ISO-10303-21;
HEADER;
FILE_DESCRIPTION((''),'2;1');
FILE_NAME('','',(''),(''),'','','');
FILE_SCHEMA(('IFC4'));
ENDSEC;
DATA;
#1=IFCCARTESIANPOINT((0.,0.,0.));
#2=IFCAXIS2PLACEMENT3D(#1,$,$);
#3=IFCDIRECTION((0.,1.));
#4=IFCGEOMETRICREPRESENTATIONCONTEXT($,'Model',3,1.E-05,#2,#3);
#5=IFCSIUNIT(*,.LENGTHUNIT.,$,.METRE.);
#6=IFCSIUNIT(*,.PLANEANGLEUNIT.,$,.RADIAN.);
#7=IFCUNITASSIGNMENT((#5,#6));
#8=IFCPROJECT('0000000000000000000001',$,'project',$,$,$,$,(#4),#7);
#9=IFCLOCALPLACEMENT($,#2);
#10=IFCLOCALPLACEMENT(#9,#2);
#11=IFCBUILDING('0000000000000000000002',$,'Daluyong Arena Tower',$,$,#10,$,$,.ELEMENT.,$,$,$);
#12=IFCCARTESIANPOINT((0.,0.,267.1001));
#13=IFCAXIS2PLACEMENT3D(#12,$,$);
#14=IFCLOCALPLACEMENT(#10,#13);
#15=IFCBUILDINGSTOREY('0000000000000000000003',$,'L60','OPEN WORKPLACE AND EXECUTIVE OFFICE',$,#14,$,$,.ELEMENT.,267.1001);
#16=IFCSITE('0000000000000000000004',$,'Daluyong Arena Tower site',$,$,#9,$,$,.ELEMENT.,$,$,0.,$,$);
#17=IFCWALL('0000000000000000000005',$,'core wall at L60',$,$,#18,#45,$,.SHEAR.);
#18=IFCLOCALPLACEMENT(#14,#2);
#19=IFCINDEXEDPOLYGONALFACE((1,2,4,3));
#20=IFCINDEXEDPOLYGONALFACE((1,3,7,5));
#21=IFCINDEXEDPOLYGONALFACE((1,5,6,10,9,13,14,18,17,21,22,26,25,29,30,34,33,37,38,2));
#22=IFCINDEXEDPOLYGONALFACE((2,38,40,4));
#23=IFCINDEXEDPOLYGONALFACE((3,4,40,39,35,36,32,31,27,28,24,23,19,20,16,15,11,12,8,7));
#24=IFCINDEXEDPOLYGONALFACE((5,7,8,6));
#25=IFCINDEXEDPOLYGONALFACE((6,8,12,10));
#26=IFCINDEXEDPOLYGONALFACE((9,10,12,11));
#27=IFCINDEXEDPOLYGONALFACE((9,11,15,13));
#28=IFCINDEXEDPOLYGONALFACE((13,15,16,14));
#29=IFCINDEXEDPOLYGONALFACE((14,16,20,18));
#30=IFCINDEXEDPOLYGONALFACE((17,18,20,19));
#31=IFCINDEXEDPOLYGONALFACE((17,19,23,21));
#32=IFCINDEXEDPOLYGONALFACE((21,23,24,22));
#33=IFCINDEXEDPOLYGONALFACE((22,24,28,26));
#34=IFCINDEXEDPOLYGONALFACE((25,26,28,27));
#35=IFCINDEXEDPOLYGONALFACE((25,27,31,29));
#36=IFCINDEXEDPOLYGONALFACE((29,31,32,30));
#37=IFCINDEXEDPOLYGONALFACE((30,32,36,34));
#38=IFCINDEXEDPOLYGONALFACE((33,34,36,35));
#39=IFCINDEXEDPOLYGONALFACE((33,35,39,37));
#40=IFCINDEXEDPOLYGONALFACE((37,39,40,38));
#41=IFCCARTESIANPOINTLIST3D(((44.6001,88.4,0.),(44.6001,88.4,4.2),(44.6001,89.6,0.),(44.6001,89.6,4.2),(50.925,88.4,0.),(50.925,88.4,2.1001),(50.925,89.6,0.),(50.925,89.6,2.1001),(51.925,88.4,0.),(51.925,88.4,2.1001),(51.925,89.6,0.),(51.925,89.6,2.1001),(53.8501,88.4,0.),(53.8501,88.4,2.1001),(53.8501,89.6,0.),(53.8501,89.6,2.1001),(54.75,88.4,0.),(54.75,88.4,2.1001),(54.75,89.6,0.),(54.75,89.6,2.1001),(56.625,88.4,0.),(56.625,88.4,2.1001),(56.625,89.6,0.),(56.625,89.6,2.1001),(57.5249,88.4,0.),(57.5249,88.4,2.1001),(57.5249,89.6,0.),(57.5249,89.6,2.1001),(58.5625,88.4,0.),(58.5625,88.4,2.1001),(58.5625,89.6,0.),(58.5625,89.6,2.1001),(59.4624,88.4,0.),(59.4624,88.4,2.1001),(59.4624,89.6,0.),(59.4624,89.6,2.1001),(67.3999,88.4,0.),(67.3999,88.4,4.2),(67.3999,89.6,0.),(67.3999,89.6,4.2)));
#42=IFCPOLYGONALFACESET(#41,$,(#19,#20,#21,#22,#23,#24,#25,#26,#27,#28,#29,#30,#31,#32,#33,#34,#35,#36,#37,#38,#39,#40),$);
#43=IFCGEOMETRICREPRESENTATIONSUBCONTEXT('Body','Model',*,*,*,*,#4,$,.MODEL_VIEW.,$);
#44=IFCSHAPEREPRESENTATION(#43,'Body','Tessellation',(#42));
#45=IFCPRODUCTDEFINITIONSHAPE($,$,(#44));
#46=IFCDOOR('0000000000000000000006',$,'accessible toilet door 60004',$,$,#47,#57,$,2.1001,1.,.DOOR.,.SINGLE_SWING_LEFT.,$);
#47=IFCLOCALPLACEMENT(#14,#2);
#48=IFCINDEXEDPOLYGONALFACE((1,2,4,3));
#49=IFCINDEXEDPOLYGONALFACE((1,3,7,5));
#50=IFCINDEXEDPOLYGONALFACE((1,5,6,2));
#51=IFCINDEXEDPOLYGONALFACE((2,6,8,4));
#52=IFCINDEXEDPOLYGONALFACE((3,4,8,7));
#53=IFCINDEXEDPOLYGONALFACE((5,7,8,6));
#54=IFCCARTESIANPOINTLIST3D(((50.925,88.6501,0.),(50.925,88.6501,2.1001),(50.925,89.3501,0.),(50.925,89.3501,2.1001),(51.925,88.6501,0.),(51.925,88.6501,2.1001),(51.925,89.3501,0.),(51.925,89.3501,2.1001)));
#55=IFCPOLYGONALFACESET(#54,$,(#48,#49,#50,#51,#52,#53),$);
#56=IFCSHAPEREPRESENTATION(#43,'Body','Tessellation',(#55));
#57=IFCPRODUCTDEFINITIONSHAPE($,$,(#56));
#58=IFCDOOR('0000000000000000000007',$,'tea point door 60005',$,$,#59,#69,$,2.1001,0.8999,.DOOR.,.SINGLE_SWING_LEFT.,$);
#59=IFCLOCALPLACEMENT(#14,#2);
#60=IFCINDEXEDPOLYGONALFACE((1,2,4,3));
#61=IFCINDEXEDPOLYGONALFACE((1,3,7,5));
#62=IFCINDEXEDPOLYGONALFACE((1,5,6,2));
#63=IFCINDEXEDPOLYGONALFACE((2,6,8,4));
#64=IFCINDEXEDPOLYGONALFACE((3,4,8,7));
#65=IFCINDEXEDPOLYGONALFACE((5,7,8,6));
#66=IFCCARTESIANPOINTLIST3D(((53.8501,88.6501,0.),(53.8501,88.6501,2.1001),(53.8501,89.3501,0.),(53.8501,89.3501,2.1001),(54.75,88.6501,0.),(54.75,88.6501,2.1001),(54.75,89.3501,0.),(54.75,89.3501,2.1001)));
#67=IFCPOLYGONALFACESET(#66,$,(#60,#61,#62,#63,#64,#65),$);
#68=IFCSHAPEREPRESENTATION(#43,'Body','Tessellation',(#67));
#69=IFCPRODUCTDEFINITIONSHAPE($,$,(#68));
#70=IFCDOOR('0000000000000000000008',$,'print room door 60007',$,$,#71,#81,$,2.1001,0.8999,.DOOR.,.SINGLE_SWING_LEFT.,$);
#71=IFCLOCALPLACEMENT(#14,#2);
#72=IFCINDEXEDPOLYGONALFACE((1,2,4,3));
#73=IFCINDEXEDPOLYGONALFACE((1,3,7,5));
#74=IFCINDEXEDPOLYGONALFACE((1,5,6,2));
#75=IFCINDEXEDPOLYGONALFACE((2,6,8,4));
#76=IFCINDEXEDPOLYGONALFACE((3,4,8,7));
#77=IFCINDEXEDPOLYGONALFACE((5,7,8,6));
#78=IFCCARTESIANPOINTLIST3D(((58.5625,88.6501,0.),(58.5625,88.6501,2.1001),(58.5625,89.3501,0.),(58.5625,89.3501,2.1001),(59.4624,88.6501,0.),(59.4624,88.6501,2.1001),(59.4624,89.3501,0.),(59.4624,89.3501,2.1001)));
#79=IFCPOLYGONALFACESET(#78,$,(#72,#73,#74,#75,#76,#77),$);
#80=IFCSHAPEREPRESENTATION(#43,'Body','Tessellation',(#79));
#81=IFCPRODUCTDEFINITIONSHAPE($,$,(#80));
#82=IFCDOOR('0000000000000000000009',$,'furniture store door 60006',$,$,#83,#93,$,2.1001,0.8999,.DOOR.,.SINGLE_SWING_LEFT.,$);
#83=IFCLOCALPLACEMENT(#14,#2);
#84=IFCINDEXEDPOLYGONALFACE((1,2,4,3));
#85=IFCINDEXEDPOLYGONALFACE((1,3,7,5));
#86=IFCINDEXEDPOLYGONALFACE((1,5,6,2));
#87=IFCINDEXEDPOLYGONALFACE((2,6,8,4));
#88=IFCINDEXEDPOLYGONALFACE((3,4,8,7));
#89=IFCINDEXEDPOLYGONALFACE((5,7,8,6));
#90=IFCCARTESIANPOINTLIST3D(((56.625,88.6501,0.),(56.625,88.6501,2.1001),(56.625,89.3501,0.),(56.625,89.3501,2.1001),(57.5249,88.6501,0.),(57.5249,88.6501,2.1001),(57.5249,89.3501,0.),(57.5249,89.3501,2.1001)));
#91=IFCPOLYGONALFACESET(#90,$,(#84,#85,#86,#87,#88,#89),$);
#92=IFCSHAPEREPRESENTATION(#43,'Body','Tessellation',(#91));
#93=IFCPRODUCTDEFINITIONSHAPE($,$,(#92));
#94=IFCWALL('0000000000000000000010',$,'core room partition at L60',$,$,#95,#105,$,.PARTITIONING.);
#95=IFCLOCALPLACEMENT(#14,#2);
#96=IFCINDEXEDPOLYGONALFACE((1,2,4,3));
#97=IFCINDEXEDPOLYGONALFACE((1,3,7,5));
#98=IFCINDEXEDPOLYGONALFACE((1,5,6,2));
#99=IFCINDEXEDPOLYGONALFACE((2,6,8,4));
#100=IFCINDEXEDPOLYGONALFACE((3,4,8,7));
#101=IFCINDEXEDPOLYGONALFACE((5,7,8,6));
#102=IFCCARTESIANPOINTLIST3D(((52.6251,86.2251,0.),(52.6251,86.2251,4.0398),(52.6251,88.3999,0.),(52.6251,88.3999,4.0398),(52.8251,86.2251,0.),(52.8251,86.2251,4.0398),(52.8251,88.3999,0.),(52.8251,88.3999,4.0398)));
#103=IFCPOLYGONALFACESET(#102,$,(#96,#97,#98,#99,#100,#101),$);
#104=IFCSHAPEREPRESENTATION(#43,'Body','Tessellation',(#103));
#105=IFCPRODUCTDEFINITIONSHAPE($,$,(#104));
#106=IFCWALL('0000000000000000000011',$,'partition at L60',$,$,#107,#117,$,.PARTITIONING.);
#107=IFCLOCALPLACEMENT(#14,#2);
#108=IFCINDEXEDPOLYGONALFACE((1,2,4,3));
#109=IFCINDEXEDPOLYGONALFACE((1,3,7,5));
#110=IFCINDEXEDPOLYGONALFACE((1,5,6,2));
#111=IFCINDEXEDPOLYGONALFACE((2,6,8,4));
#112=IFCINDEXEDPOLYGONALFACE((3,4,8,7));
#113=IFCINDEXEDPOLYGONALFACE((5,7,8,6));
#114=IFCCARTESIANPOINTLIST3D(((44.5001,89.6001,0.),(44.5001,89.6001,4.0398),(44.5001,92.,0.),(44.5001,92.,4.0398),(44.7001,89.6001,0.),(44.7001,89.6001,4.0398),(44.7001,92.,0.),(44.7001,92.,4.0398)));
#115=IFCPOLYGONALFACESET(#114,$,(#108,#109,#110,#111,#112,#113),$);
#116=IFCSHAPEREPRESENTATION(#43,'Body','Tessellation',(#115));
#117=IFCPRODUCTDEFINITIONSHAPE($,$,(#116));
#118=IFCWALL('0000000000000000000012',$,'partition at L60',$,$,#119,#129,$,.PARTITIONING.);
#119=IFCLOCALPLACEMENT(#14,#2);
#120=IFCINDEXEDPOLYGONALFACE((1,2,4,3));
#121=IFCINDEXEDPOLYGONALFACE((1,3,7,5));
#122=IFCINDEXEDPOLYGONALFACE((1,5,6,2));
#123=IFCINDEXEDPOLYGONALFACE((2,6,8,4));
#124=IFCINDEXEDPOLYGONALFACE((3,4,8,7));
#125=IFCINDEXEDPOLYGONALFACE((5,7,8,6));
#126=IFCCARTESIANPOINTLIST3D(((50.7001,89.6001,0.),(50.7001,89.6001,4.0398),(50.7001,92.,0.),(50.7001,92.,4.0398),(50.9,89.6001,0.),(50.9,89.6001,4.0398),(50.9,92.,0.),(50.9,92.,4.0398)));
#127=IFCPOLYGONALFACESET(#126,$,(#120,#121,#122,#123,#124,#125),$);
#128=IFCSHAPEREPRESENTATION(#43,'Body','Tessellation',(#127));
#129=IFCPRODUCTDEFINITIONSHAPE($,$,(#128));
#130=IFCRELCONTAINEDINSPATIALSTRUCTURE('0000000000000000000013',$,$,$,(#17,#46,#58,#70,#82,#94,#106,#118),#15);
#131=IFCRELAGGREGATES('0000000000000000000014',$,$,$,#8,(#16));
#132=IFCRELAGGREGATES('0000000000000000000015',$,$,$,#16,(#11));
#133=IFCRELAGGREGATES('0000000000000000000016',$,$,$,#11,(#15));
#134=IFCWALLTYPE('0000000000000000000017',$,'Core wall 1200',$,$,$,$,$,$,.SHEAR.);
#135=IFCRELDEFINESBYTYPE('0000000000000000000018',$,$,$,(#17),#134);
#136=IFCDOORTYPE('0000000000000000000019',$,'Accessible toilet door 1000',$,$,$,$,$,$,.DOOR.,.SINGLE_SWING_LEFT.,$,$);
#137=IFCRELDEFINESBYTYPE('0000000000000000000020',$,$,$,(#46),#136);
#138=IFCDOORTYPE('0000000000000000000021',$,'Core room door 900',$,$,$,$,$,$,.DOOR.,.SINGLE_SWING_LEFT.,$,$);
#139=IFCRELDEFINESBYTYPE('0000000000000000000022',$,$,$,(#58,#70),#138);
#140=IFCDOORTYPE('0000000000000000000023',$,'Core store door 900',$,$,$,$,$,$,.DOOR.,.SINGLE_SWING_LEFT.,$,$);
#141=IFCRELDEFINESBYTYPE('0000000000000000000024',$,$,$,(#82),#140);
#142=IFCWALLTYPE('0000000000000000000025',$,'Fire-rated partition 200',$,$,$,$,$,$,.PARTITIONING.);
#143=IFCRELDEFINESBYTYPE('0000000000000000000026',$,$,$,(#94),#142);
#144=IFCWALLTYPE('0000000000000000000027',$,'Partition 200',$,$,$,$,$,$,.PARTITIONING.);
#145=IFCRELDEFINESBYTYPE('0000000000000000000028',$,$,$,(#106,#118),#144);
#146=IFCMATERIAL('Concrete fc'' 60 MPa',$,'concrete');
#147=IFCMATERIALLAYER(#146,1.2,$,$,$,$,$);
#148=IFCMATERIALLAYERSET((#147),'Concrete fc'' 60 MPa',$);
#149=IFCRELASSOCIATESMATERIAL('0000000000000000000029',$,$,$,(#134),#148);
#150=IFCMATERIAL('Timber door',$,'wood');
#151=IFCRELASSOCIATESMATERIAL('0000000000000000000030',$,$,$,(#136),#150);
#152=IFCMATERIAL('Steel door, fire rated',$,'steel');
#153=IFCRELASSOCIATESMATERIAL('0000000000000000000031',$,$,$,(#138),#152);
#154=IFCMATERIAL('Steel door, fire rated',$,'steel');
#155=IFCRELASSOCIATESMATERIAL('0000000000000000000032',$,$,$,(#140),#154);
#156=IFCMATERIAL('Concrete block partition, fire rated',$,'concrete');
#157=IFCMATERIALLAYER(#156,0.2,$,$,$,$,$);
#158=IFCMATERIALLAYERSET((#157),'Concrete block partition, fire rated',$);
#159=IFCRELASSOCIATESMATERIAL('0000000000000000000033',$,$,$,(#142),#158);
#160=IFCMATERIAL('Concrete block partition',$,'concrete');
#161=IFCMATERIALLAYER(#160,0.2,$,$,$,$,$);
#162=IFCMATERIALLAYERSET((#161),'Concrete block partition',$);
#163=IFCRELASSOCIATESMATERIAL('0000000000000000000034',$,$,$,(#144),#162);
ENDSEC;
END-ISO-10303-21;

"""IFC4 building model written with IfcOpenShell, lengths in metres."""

from ifc_helpers import new_model, si_unit, direction, frame, frame_2d, origin, place, context, subcontext, project, spatial, rectangle, extrude, material, layer, layer_set, type_object, element, fill, save


model = new_model("IFC4")

# Units and contexts
model_context = context("Model", 3, precision=1e-05, world=origin(), true_north=direction((0.0, 1.0)))
body_context = subcontext(model_context, "Body", "Model", "MODEL_VIEW")
ifc_project = project(units=[si_unit("LENGTHUNIT", "METRE"), si_unit("PLANEANGLEUNIT", "RADIAN")], contexts=[model_context])

# Site, building, storey
site_placement = place(None, origin())
site = spatial("IfcSite", under=ifc_project, at=site_placement, Name="Daluyong Arena Tower site", CompositionType="ELEMENT", RefElevation=0.0)
building_placement = place(site_placement, origin())
building = spatial("IfcBuilding", under=site, at=building_placement, Name="Daluyong Arena Tower", CompositionType="ELEMENT")
storey_placement = place(building_placement, frame((0.0, 0.0, 267.1001)))
storey = spatial("IfcBuildingStorey", under=building, at=storey_placement, Name="L60", Description="OPEN WORKPLACE AND EXECUTIVE OFFICE", CompositionType="ELEMENT", Elevation=267.1001)

# Wall, openings, doors
ifc_material_1 = material(Name="Concrete fc' 60 MPa", Category="concrete")
ifc_layer_1 = layer(ifc_material_1, 1.2)
ifc_layer_set_1 = layer_set([ifc_layer_1], Name="Concrete fc' 60 MPa")
wall_type_1 = type_object("IfcWallType", Name="Core wall 1200", PredefinedType="SHEAR", material=ifc_layer_set_1)
wall_1_placement = place(storey_placement, frame((44.6001, 89.0, 0.0), z_axis=(0.0, 0.0, 1.0), x_axis=(1.0, 0.0, 0.0)))
wall_1 = element("IfcWall", 1, at=wall_1_placement, inside=storey, type_object=wall_type_1, Name="core wall at L60", PredefinedType="SHEAR", context=body_context, shape_type="SweptSolid", body=[
    extrude(rectangle(XDim=22.7998, YDim=1.2, at=frame_2d((11.3999, 0.0))), origin(), (0.0, 0.0, 1.0), 4.2),
])
opening_1_placement = place(wall_1_placement, frame((6.325, 0.0, 0.0)))
opening_1 = element("IfcOpeningElement", 2, at=opening_1_placement, cuts=wall_1, PredefinedType="OPENING", context=body_context, shape_type="SweptSolid", body=[
    extrude(rectangle(XDim=1.0, YDim=2.1001, at=frame_2d((0.5, 1.05))), frame((0.0, 0.6099, 0.0), z_axis=(0.0, -1.0, 0.0), x_axis=(1.0, 0.0, 0.0)), (0.0, 0.0, 1.0), 1.22),
])
opening_2_placement = place(wall_1_placement, frame((9.25, 0.0, 0.0)))
opening_2 = element("IfcOpeningElement", 3, at=opening_2_placement, cuts=wall_1, PredefinedType="OPENING", context=body_context, shape_type="SweptSolid", body=[
    extrude(rectangle(XDim=0.8999, YDim=2.1001, at=frame_2d((0.45, 1.05))), frame((0.0, 0.6099, 0.0), z_axis=(0.0, -1.0, 0.0), x_axis=(1.0, 0.0, 0.0)), (0.0, 0.0, 1.0), 1.22),
])
opening_3_placement = place(wall_1_placement, frame((12.0249, 0.0, 0.0)))
opening_3 = element("IfcOpeningElement", 4, at=opening_3_placement, cuts=wall_1, PredefinedType="OPENING", context=body_context, shape_type="SweptSolid", body=[
    extrude(rectangle(XDim=0.8999, YDim=2.1001, at=frame_2d((0.45, 1.05))), frame((0.0, 0.6099, 0.0), z_axis=(0.0, -1.0, 0.0), x_axis=(1.0, 0.0, 0.0)), (0.0, 0.0, 1.0), 1.22),
])
opening_4_placement = place(wall_1_placement, frame((13.9624, 0.0, 0.0)))
opening_4 = element("IfcOpeningElement", 5, at=opening_4_placement, cuts=wall_1, PredefinedType="OPENING", context=body_context, shape_type="SweptSolid", body=[
    extrude(rectangle(XDim=0.8999, YDim=2.1001, at=frame_2d((0.45, 1.05))), frame((0.0, 0.6099, 0.0), z_axis=(0.0, -1.0, 0.0), x_axis=(1.0, 0.0, 0.0)), (0.0, 0.0, 1.0), 1.22),
])
ifc_material_2 = material(Name="Timber door", Category="wood")
door_type_1 = type_object("IfcDoorType", Name="Accessible toilet door 1000", OperationType="SINGLE_SWING_LEFT", PredefinedType="DOOR", material=ifc_material_2)
door_1_placement = place(opening_1_placement, origin())
door_1 = element("IfcDoor", 6, at=door_1_placement, inside=storey, type_object=door_type_1, Name="accessible toilet door 60004", OperationType="SINGLE_SWING_LEFT", OverallHeight=2.1001, OverallWidth=1.0, PredefinedType="DOOR", context=body_context, shape_type="SweptSolid", body=[
    extrude(rectangle(XDim=1.0, YDim=2.1001, at=frame_2d((0.5, 1.05))), frame((0.0, 0.3501, 0.0), z_axis=(0.0, -1.0, 0.0), x_axis=(1.0, 0.0, 0.0)), (0.0, 0.0, 1.0), 0.7),
])
fill(opening_1, door_1)
ifc_material_3 = material(Name="Steel door, fire rated", Category="steel")
door_type_2 = type_object("IfcDoorType", Name="Core room door 900", OperationType="SINGLE_SWING_LEFT", PredefinedType="DOOR", material=ifc_material_3)
door_2_placement = place(opening_2_placement, origin())
door_2 = element("IfcDoor", 7, at=door_2_placement, inside=storey, type_object=door_type_2, Name="tea point door 60005", OperationType="SINGLE_SWING_LEFT", OverallHeight=2.1001, OverallWidth=0.8999, PredefinedType="DOOR", context=body_context, shape_type="SweptSolid", body=[
    extrude(rectangle(XDim=0.8999, YDim=2.1001, at=frame_2d((0.45, 1.05))), frame((0.0, 0.3501, 0.0), z_axis=(0.0, -1.0, 0.0), x_axis=(1.0, 0.0, 0.0)), (0.0, 0.0, 1.0), 0.7),
])
fill(opening_2, door_2)
door_3_placement = place(opening_4_placement, origin())
door_3 = element("IfcDoor", 8, at=door_3_placement, inside=storey, type_object=door_type_2, Name="print room door 60007", OperationType="SINGLE_SWING_LEFT", OverallHeight=2.1001, OverallWidth=0.8999, PredefinedType="DOOR", context=body_context, shape_type="SweptSolid", body=[
    extrude(rectangle(XDim=0.8999, YDim=2.1001, at=frame_2d((0.45, 1.05))), frame((0.0, 0.3501, 0.0), z_axis=(0.0, -1.0, 0.0), x_axis=(1.0, 0.0, 0.0)), (0.0, 0.0, 1.0), 0.7),
])
fill(opening_4, door_3)
ifc_material_4 = material(Name="Steel door, fire rated", Category="steel")
door_type_3 = type_object("IfcDoorType", Name="Core store door 900", OperationType="SINGLE_SWING_LEFT", PredefinedType="DOOR", material=ifc_material_4)
door_4_placement = place(opening_3_placement, origin())
door_4 = element("IfcDoor", 9, at=door_4_placement, inside=storey, type_object=door_type_3, Name="furniture store door 60006", OperationType="SINGLE_SWING_LEFT", OverallHeight=2.1001, OverallWidth=0.8999, PredefinedType="DOOR", context=body_context, shape_type="SweptSolid", body=[
    extrude(rectangle(XDim=0.8999, YDim=2.1001, at=frame_2d((0.45, 1.05))), frame((0.0, 0.3501, 0.0), z_axis=(0.0, -1.0, 0.0), x_axis=(1.0, 0.0, 0.0)), (0.0, 0.0, 1.0), 0.7),
])
fill(opening_3, door_4)

# Walls
ifc_material_5 = material(Name="Concrete block partition, fire rated", Category="concrete")
ifc_layer_2 = layer(ifc_material_5, 0.2)
ifc_layer_set_2 = layer_set([ifc_layer_2], Name="Concrete block partition, fire rated")
wall_type_2 = type_object("IfcWallType", Name="Fire-rated partition 200", PredefinedType="PARTITIONING", material=ifc_layer_set_2)
wall_2_placement = place(storey_placement, frame((52.7251, 86.2251, 0.0), z_axis=(0.0, 0.0, 1.0), x_axis=(0.0, 1.0, 0.0)))
element("IfcWall", 10, at=wall_2_placement, inside=storey, type_object=wall_type_2, Name="core room partition at L60", PredefinedType="PARTITIONING", context=body_context, shape_type="SweptSolid", body=[
    extrude(rectangle(XDim=2.1748, YDim=0.2, at=frame_2d((1.0874, 0.0))), origin(), (0.0, 0.0, 1.0), 4.0398),
])
ifc_material_6 = material(Name="Concrete block partition", Category="concrete")
ifc_layer_3 = layer(ifc_material_6, 0.2)
ifc_layer_set_3 = layer_set([ifc_layer_3], Name="Concrete block partition")
wall_type_3 = type_object("IfcWallType", Name="Partition 200", PredefinedType="PARTITIONING", material=ifc_layer_set_3)
for number, where, z_axis, x_axis, name in (
    (11, (44.6001, 89.6001, 0.0), (0.0, 0.0, 1.0), (0.0, 1.0, 0.0), "partition at L60"),
    (12, (50.8, 89.6001, 0.0), (0.0, 0.0, 1.0), (0.0, 1.0, 0.0), "partition at L60"),
):
    element("IfcWall", number, at=place(storey_placement, frame(where, z_axis=z_axis, x_axis=x_axis)), inside=storey, type_object=wall_type_3, Name=name, PredefinedType="PARTITIONING", context=body_context, shape_type="SweptSolid", body=[
        extrude(rectangle(XDim=2.3999, YDim=0.2, at=frame_2d((1.2, 0.0))), origin(), (0.0, 0.0, 1.0), 4.0398),
    ])

save(model, "model.ifc")
